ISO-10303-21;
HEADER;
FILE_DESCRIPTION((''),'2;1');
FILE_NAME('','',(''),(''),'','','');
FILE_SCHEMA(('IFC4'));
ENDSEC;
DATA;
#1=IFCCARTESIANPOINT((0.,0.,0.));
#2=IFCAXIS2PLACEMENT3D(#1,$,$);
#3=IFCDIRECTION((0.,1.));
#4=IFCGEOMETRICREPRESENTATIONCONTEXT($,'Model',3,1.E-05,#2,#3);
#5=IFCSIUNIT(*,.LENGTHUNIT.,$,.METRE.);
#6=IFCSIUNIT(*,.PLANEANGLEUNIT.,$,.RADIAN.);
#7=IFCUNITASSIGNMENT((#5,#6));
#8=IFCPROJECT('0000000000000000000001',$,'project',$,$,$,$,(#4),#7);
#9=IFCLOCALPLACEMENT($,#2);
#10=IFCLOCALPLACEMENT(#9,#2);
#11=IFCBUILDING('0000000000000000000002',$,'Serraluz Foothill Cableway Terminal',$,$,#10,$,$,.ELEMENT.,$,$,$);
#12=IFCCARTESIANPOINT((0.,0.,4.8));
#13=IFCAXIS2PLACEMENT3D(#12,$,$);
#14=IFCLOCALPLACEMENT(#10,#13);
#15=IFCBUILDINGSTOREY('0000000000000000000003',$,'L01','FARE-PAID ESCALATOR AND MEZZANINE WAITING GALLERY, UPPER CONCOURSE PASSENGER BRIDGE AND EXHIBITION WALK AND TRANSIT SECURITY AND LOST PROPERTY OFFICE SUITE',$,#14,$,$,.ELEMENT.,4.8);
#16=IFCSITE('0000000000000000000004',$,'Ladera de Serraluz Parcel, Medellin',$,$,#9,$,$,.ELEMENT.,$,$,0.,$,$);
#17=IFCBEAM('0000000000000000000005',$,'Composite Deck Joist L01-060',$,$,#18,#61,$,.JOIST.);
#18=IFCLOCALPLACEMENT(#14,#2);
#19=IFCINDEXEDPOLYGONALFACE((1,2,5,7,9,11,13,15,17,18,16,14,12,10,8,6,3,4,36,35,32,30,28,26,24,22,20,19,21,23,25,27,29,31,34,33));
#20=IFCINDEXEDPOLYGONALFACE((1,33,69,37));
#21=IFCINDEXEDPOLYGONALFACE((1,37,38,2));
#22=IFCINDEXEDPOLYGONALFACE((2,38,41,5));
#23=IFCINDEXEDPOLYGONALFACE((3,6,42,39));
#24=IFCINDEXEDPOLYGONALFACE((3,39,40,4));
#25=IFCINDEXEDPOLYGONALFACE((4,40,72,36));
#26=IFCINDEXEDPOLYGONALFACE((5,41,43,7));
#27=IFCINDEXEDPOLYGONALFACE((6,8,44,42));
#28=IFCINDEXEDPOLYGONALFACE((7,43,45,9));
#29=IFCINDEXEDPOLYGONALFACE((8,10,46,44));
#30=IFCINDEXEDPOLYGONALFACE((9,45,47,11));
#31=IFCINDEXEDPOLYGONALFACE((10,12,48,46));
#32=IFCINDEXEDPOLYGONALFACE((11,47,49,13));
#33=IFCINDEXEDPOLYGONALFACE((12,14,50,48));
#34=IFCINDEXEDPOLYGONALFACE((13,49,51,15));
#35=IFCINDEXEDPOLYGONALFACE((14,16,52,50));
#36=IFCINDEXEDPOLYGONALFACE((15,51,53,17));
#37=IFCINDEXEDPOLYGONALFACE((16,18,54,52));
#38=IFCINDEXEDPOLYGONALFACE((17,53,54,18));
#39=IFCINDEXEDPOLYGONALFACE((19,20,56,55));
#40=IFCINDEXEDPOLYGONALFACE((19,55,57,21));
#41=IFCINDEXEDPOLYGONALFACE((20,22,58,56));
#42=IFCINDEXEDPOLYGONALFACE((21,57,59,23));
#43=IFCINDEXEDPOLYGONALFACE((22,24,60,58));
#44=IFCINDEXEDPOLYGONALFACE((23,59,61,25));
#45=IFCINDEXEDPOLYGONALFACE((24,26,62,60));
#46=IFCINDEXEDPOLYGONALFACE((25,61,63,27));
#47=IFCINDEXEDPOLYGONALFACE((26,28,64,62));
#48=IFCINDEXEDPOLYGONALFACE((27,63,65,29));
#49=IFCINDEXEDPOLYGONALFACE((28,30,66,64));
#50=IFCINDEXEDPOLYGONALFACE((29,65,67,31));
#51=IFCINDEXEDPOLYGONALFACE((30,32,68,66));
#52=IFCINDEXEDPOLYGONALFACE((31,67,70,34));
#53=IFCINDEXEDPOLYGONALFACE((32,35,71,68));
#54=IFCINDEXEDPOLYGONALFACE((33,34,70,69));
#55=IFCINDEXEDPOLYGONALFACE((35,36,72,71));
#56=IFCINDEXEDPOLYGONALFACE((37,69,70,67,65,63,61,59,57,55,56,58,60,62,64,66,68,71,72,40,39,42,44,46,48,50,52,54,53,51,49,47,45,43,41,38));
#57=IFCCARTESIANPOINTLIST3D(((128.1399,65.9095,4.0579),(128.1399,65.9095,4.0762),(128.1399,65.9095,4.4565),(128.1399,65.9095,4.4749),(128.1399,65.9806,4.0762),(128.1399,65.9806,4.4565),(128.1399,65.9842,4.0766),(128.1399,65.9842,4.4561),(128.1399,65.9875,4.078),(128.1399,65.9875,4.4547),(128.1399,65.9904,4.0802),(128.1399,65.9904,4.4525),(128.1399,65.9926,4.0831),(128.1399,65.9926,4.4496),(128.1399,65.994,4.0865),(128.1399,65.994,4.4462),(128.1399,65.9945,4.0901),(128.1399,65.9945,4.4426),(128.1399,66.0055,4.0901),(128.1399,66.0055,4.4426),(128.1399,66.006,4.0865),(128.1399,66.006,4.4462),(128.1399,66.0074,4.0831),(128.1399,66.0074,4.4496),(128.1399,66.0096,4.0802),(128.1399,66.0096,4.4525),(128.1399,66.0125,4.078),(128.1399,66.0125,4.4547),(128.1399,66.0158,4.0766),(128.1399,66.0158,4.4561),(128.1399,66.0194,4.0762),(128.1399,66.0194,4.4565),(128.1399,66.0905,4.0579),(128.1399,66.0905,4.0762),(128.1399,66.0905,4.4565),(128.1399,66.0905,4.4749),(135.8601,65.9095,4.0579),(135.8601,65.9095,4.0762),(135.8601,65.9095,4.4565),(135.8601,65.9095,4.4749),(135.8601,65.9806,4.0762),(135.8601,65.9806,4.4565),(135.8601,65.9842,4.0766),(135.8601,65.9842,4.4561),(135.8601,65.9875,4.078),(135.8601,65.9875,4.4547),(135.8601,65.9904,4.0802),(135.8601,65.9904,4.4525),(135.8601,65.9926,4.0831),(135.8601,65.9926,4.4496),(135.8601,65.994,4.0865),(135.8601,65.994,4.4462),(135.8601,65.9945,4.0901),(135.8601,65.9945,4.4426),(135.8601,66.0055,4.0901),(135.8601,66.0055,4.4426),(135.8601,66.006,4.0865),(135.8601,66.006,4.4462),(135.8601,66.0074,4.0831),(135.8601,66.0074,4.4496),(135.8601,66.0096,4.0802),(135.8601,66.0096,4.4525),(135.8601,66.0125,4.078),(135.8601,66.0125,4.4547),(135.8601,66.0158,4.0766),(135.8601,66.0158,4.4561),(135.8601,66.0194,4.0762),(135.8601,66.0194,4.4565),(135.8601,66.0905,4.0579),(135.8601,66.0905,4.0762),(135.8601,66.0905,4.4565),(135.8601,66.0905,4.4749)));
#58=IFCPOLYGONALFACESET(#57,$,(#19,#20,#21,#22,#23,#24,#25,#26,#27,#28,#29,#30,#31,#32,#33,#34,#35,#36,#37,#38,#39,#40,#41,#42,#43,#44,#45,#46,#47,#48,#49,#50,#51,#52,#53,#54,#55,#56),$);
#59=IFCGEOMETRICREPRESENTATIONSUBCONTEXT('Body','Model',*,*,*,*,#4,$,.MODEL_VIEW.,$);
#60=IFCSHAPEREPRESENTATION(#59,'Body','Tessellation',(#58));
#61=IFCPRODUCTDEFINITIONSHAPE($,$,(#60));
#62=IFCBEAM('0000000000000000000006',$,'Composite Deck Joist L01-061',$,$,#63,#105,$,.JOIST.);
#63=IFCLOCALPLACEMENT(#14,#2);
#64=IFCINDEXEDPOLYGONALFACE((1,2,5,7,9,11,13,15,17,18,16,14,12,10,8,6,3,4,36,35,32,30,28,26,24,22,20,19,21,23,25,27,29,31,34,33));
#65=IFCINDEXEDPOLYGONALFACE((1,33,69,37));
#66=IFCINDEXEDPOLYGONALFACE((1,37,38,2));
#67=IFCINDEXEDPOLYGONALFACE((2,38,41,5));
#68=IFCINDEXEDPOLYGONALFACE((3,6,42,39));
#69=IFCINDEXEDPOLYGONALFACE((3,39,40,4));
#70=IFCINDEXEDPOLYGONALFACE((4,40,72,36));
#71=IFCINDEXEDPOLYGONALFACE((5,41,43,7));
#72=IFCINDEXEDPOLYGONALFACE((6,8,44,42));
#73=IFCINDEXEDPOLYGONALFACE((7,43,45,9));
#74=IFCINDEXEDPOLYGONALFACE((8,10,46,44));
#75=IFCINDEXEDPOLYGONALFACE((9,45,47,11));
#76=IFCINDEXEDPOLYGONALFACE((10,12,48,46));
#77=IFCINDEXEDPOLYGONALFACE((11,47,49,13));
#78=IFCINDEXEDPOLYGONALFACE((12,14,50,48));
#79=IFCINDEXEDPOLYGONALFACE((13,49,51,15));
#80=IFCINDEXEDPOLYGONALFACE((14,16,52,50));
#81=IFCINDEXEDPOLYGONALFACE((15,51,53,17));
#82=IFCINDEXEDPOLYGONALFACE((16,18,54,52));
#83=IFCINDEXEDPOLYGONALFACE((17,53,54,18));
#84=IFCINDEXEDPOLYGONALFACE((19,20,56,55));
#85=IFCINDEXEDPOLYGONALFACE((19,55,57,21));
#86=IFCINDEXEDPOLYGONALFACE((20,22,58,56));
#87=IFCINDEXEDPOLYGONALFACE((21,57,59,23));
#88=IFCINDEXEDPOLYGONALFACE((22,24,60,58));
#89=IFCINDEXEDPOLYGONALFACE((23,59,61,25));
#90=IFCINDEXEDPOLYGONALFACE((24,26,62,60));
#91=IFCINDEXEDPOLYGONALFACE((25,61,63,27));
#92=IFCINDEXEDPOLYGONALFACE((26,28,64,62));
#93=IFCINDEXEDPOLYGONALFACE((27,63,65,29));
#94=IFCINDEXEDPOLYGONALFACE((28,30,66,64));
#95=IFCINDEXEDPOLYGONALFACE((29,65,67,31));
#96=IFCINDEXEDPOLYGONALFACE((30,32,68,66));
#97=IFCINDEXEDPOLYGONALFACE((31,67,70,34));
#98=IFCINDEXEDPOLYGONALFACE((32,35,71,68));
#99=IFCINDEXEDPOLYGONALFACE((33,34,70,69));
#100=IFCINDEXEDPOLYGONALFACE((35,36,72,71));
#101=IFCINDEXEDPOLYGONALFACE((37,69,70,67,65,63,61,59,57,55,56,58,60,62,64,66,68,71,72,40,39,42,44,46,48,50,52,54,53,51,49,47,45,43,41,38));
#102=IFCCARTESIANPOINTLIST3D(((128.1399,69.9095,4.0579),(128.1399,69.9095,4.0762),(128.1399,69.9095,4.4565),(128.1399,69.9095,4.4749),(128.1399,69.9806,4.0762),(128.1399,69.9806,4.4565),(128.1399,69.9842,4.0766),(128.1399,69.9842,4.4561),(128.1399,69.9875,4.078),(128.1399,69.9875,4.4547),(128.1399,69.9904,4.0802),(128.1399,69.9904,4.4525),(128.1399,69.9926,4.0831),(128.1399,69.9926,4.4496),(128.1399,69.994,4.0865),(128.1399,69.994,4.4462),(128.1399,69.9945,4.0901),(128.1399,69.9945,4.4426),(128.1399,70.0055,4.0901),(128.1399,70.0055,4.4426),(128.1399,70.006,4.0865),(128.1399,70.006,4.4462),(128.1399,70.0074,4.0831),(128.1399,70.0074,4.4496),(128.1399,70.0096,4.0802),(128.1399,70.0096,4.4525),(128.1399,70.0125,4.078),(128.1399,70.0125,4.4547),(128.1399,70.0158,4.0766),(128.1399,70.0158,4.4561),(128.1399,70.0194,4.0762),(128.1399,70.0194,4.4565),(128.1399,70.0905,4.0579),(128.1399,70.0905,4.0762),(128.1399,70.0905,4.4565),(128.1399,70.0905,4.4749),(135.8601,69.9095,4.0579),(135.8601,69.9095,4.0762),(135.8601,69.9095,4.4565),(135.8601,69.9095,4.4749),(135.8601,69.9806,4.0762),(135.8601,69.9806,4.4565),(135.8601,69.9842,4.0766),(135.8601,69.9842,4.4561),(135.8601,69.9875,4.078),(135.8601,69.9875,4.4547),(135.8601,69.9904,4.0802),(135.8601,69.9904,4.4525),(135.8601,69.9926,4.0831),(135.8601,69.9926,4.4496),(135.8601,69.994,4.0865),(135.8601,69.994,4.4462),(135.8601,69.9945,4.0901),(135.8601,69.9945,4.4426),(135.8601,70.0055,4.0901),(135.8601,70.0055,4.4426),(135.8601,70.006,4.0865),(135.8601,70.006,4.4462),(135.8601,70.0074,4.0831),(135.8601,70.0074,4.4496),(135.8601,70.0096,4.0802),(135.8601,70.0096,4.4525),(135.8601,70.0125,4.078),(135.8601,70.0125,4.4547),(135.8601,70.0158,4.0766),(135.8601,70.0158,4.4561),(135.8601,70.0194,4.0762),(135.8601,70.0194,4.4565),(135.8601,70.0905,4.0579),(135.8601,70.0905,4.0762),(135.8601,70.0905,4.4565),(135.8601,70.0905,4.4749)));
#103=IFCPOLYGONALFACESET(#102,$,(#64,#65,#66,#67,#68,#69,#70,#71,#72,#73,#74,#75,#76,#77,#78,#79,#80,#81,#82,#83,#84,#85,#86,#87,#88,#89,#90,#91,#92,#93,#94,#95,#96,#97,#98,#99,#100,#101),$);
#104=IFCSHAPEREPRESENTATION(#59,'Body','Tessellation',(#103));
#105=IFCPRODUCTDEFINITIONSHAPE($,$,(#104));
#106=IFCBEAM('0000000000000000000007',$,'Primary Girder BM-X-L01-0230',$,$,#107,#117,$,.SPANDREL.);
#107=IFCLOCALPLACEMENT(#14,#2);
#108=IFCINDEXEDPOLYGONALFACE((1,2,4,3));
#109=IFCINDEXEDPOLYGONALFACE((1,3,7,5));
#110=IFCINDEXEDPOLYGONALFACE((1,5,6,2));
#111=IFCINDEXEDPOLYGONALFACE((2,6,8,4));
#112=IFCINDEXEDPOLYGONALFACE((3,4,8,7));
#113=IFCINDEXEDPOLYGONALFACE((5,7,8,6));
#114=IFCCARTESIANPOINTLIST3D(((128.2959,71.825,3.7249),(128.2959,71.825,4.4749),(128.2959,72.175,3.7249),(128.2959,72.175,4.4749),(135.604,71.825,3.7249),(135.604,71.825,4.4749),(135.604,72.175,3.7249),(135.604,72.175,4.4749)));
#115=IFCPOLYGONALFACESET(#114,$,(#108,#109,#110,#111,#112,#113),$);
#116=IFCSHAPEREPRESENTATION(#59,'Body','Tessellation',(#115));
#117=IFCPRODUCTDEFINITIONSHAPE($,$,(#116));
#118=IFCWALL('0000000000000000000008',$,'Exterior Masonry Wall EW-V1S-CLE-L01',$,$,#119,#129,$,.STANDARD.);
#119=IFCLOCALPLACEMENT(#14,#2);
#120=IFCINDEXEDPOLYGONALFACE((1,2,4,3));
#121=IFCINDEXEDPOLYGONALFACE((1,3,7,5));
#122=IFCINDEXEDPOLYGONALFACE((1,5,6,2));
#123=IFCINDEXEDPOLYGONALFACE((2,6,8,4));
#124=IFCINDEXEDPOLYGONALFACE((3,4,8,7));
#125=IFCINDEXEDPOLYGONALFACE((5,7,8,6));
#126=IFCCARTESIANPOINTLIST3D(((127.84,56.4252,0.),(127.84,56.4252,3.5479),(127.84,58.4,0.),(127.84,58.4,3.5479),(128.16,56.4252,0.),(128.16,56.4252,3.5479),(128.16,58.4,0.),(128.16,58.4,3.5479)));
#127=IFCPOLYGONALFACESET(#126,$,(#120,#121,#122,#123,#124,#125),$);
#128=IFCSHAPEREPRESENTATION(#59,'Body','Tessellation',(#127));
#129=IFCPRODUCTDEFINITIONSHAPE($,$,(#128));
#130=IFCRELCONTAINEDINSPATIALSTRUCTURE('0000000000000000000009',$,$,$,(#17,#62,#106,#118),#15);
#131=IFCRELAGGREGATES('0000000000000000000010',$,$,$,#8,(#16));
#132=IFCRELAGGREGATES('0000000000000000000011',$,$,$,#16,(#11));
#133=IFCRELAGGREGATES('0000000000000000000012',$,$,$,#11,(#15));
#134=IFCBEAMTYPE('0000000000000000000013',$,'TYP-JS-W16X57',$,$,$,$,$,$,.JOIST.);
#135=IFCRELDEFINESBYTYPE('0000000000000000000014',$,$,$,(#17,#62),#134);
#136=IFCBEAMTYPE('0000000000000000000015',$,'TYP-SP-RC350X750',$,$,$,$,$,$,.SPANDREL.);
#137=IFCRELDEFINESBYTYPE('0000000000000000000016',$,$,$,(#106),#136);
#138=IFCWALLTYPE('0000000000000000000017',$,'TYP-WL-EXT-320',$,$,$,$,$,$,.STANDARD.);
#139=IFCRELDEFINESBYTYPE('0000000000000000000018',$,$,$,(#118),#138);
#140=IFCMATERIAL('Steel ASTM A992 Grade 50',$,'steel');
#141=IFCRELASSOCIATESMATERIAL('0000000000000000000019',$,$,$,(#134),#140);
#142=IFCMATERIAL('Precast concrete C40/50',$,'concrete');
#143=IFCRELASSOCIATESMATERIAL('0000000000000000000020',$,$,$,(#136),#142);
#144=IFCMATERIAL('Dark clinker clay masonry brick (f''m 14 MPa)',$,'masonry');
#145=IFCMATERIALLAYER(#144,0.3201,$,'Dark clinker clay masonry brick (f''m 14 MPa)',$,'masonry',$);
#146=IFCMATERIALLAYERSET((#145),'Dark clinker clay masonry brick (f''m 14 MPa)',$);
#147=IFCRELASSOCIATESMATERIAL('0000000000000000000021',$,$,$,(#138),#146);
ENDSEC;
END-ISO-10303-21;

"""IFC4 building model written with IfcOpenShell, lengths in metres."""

from ifc_helpers import new_model, si_unit, direction, frame, frame_2d, origin, origin_2d, place, context, subcontext, project, spatial, rectangle, i_section, extrude, material, layer, layer_set, material_profile, profile_set, type_object, element, save


model = new_model("IFC4")

# Units and contexts
model_context = context("Model", 3, precision=1e-05, world=origin(), true_north=direction((0.0, 1.0)))
body_context = subcontext(model_context, "Body", "Model", "MODEL_VIEW")
ifc_project = project(units=[si_unit("LENGTHUNIT", "METRE"), si_unit("PLANEANGLEUNIT", "RADIAN")], contexts=[model_context])

# Site, building, storey
site_placement = place(None, origin())
site = spatial("IfcSite", under=ifc_project, at=site_placement, Name="Ladera de Serraluz Parcel, Medellin", CompositionType="ELEMENT", RefElevation=0.0)
building_placement = place(site_placement, origin())
building = spatial("IfcBuilding", under=site, at=building_placement, Name="Serraluz Foothill Cableway Terminal", CompositionType="ELEMENT")
storey_placement = place(building_placement, frame((0.0, 0.0, 4.8)))
storey = spatial("IfcBuildingStorey", under=building, at=storey_placement, Name="L01", Description="FARE-PAID ESCALATOR AND MEZZANINE WAITING GALLERY, UPPER CONCOURSE PASSENGER BRIDGE AND EXHIBITION WALK AND TRANSIT SECURITY AND LOST PROPERTY OFFICE SUITE", CompositionType="ELEMENT", Elevation=4.8)

# Shared definitions
ifc_material_1 = material(Name="Dark clinker clay masonry brick (f'm 14 MPa)", Category="masonry")

# Beams
ifc_material_2 = material(Name="Steel ASTM A992 Grade 50", Category="steel")
ifc_material_profile_1 = material_profile(ifc_material_2, i_section(OverallWidth=0.1809, OverallDepth=0.417, WebThickness=0.011, FlangeThickness=0.0183, FilletRadius=0.0139, at=origin_2d()), Name="W16X57")
ifc_profile_set_1 = profile_set([ifc_material_profile_1], Name="Steel ASTM A992 Grade 50")
beam_type_1 = type_object("IfcBeamType", Name="TYP-JS-W16X57", PredefinedType="JOIST", material=ifc_profile_set_1)
for number, where, z_axis, x_axis, name in (
    (1, (128.1399, 66.0, 4.2664), (1.0, 0.0, 0.0), (0.0, 1.0, 0.0), "Composite Deck Joist L01-060"),
    (2, (128.1399, 70.0, 4.2664), (1.0, 0.0, 0.0), (0.0, 1.0, 0.0), "Composite Deck Joist L01-061"),
):
    element("IfcBeam", number, at=place(storey_placement, frame(where, z_axis=z_axis, x_axis=x_axis)), inside=storey, type_object=beam_type_1, Name=name, PredefinedType="JOIST", context=body_context, shape_type="SweptSolid", body=[
        extrude(i_section(OverallWidth=0.1809, OverallDepth=0.417, WebThickness=0.011, FlangeThickness=0.0183, FilletRadius=0.0139, at=origin_2d()), origin(), (0.0, 0.0, 1.0), 7.7202),
    ])
ifc_material_3 = material(Name="Precast concrete C40/50", Category="concrete")
ifc_material_profile_2 = material_profile(ifc_material_3, rectangle(XDim=0.3501, YDim=0.75, at=origin_2d()), Name="RC SP 350x750")
ifc_profile_set_2 = profile_set([ifc_material_profile_2], Name="Precast concrete C40/50")
beam_type_2 = type_object("IfcBeamType", Name="TYP-SP-RC350X750", PredefinedType="SPANDREL", material=ifc_profile_set_2)
beam_1_placement = place(storey_placement, frame((128.2959, 72.0, 4.0999), z_axis=(1.0, 0.0, 0.0), x_axis=(0.0, 1.0, 0.0)))
element("IfcBeam", 3, at=beam_1_placement, inside=storey, type_object=beam_type_2, Name="Primary Girder BM-X-L01-0230", PredefinedType="SPANDREL", context=body_context, shape_type="SweptSolid", body=[
    extrude(rectangle(XDim=0.3501, YDim=0.75, at=origin_2d()), origin(), (0.0, 0.0, 1.0), 7.3081),
])

# Wall
ifc_layer = layer(ifc_material_1, 0.3201, Name="Dark clinker clay masonry brick (f'm 14 MPa)", Category="masonry")
ifc_layer_set = layer_set([ifc_layer], Name="Dark clinker clay masonry brick (f'm 14 MPa)")
wall_type = type_object("IfcWallType", Name="TYP-WL-EXT-320", PredefinedType="STANDARD", material=ifc_layer_set)
wall_1_placement = place(storey_placement, frame((128.0, 58.3999, 0.0), z_axis=(0.0, 0.0, 1.0), x_axis=(0.0, -1.0, 0.0)))
element("IfcWall", 4, at=wall_1_placement, inside=storey, type_object=wall_type, Name="Exterior Masonry Wall EW-V1S-CLE-L01", PredefinedType="STANDARD", context=body_context, shape_type="SweptSolid", body=[
    extrude(rectangle(XDim=1.9749, YDim=0.3201, at=frame_2d((0.9873, 0.0))), origin(), (0.0, 0.0, 1.0), 3.5479),
])

save(model, "model.ifc")
